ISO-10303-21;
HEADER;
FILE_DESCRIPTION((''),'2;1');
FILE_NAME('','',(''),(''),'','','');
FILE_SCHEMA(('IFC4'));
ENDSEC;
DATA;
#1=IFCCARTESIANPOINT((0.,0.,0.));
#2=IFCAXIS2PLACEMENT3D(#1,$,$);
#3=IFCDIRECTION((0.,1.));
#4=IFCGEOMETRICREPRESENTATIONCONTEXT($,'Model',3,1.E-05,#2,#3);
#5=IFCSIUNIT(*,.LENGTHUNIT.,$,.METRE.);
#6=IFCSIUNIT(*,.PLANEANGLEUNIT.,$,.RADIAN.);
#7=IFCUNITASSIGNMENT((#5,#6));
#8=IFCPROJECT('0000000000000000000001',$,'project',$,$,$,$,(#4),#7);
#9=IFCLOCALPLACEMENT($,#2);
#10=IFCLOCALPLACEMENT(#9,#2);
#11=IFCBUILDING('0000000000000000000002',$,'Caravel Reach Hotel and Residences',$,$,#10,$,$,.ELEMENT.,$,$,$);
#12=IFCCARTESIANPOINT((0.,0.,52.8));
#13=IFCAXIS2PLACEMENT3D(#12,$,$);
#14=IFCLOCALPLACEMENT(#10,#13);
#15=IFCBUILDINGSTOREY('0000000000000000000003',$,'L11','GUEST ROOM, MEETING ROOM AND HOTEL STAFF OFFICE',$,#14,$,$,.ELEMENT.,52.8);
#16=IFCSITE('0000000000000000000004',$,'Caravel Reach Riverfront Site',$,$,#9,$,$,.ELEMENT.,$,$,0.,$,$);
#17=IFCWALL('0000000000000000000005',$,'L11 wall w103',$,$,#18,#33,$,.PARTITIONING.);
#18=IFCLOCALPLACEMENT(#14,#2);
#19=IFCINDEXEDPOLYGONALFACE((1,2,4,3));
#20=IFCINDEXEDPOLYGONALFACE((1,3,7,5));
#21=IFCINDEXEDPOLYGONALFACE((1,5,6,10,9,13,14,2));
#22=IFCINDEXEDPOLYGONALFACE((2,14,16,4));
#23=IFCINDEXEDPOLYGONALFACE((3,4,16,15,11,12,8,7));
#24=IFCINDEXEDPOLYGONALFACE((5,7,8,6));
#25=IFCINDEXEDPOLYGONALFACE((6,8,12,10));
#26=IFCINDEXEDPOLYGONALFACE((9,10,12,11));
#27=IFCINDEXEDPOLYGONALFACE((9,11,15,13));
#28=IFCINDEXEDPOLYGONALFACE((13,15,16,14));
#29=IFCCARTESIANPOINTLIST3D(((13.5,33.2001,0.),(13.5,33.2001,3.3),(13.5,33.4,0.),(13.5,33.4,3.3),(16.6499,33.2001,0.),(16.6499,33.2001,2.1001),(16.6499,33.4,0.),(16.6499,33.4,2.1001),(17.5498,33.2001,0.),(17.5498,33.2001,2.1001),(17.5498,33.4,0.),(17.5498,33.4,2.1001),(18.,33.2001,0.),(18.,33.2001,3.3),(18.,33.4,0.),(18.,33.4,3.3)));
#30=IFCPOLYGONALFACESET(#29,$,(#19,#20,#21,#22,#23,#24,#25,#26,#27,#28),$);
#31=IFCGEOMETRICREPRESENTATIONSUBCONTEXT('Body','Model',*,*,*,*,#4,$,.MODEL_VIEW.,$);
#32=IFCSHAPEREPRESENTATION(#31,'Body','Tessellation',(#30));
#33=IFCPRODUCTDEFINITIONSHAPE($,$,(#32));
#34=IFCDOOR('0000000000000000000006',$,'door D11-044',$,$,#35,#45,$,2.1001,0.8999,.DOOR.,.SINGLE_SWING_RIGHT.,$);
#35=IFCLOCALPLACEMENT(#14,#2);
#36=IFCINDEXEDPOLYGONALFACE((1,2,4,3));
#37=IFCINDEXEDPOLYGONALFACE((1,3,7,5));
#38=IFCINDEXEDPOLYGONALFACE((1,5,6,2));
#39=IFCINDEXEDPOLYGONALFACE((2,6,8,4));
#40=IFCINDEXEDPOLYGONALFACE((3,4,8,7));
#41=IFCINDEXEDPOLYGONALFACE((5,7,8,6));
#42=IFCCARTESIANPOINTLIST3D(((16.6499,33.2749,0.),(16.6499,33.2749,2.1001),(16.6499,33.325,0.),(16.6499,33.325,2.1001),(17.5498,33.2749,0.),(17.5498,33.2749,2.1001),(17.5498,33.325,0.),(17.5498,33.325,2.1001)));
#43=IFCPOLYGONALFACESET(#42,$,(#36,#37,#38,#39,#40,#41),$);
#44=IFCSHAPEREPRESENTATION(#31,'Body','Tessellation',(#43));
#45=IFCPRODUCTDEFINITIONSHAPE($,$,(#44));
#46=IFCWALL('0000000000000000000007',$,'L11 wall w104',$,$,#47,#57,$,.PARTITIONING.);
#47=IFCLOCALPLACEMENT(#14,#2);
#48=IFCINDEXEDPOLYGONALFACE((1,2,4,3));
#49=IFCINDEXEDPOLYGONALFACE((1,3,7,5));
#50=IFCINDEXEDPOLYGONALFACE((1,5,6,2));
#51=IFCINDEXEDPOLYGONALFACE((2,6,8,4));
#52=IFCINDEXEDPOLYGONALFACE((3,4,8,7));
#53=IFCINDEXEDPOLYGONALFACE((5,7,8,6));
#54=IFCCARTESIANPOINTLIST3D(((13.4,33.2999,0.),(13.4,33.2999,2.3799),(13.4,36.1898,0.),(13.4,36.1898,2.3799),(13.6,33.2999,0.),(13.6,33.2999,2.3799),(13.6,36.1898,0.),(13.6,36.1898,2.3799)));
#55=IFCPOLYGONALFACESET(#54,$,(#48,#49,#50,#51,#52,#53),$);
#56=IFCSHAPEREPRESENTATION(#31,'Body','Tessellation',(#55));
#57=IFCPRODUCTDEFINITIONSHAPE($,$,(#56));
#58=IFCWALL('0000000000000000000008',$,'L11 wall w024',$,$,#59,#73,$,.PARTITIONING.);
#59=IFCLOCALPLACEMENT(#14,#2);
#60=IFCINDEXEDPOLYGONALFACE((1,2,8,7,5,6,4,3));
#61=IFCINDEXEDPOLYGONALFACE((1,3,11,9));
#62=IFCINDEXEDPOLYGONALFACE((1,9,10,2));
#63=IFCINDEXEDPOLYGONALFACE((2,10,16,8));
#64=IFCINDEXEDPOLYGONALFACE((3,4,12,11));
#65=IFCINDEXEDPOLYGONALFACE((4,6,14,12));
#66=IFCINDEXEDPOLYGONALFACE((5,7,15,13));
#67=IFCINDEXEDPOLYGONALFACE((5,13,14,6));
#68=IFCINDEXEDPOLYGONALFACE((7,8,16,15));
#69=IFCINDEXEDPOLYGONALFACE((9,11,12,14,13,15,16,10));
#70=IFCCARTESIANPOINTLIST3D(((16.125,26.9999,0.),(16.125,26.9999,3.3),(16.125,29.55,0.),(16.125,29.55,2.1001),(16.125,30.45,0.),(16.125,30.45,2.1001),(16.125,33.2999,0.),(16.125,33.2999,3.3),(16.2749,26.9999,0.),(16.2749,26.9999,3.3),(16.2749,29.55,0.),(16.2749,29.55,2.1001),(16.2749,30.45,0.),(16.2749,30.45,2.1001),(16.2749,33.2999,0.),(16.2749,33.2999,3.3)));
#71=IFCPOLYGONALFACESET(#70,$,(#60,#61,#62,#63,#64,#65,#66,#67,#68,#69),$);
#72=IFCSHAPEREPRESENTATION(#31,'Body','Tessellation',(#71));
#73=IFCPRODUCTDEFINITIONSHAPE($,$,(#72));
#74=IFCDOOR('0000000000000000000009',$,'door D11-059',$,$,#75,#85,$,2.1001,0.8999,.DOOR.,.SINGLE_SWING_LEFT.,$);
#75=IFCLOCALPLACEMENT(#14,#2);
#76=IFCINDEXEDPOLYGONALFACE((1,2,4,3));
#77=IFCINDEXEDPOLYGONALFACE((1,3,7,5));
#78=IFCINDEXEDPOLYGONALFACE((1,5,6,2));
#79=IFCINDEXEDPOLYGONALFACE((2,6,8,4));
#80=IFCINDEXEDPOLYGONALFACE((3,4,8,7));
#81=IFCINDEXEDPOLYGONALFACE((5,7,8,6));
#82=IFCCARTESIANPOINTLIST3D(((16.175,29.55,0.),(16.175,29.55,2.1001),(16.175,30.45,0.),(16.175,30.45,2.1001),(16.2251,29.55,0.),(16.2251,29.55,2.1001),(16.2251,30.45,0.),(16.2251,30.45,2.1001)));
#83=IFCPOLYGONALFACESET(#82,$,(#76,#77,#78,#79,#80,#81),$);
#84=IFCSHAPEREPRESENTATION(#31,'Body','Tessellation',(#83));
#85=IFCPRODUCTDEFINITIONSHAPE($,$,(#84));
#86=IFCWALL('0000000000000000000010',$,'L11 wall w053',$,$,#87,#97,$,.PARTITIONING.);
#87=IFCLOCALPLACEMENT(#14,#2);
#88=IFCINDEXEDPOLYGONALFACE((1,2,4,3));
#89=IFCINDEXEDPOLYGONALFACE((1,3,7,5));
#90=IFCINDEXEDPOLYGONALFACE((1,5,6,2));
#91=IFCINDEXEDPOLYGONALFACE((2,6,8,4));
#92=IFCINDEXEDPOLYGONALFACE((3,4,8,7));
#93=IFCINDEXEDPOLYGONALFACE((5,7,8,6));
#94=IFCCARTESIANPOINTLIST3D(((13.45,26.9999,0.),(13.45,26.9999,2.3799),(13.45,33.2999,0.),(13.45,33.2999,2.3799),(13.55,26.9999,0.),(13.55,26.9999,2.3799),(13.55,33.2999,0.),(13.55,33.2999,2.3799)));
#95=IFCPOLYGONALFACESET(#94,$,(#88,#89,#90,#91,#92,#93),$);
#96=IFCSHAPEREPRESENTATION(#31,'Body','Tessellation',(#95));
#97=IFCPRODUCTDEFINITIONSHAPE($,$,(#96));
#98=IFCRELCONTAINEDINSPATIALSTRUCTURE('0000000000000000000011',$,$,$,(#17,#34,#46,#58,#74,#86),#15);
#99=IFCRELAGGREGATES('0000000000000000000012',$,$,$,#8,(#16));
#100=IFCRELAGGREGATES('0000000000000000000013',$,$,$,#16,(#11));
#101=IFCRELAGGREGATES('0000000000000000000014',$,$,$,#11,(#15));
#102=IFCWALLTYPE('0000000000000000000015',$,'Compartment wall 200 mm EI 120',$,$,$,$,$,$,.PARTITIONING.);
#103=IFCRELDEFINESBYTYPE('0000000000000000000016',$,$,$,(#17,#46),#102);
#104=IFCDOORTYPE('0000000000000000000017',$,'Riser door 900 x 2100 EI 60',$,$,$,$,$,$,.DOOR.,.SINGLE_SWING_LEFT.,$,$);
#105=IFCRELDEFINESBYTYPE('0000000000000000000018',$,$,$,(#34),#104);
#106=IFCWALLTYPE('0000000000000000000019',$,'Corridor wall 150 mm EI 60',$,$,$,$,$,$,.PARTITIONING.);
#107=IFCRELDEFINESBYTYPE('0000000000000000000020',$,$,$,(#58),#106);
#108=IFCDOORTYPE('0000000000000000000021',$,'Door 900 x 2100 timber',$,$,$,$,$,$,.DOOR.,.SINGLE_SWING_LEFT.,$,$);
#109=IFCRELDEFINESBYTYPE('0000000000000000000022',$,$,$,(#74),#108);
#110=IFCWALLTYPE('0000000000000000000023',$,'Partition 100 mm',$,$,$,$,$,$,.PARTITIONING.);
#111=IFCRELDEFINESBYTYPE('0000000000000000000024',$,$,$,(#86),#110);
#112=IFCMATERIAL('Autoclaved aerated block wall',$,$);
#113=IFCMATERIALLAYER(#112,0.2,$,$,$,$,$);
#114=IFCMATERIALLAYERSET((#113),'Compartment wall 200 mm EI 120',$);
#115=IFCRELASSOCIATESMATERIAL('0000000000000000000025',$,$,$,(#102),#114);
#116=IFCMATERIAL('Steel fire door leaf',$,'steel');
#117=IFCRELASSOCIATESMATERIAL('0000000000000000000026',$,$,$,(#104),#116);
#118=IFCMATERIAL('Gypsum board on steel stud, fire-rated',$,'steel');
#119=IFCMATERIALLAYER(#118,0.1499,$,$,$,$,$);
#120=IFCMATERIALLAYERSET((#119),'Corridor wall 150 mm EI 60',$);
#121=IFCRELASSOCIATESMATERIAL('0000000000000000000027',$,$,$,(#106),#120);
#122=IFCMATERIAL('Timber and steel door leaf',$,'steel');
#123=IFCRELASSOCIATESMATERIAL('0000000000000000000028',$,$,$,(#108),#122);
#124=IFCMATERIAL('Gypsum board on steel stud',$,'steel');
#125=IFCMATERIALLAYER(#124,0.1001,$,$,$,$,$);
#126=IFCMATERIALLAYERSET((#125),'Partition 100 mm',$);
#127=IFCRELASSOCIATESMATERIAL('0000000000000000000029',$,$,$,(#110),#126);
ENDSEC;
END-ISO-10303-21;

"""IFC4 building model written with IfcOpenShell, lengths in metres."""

from ifc_helpers import new_model, si_unit, direction, frame, frame_2d, origin, place, context, subcontext, project, spatial, rectangle, extrude, material, layer, layer_set, type_object, element, fill, save


model = new_model("IFC4")

# Units and contexts
model_context = context("Model", 3, precision=1e-05, world=origin(), true_north=direction((0.0, 1.0)))
body_context = subcontext(model_context, "Body", "Model", "MODEL_VIEW")
ifc_project = project(units=[si_unit("LENGTHUNIT", "METRE"), si_unit("PLANEANGLEUNIT", "RADIAN")], contexts=[model_context])

# Site, building, storey
site_placement = place(None, origin())
site = spatial("IfcSite", under=ifc_project, at=site_placement, Name="Caravel Reach Riverfront Site", CompositionType="ELEMENT", RefElevation=0.0)
building_placement = place(site_placement, origin())
building = spatial("IfcBuilding", under=site, at=building_placement, Name="Caravel Reach Hotel and Residences", CompositionType="ELEMENT")
storey_placement = place(building_placement, frame((0.0, 0.0, 52.8)))
storey = spatial("IfcBuildingStorey", under=building, at=storey_placement, Name="L11", Description="GUEST ROOM, MEETING ROOM AND HOTEL STAFF OFFICE", CompositionType="ELEMENT", Elevation=52.8)

# Wall, opening, door
ifc_material_1 = material(Name="Autoclaved aerated block wall")
ifc_layer_1 = layer(ifc_material_1, 0.2)
ifc_layer_set_1 = layer_set([ifc_layer_1], Name="Compartment wall 200 mm EI 120")
wall_type_1 = type_object("IfcWallType", Name="Compartment wall 200 mm EI 120", PredefinedType="PARTITIONING", material=ifc_layer_set_1)
wall_1_placement = place(storey_placement, frame((13.5, 33.3, 0.0), z_axis=(0.0, 0.0, 1.0), x_axis=(1.0, 0.0, 0.0)))
wall_1 = element("IfcWall", 1, at=wall_1_placement, inside=storey, type_object=wall_type_1, Name="L11 wall w103", PredefinedType="PARTITIONING", context=body_context, shape_type="SweptSolid", body=[
    extrude(rectangle(XDim=4.5, YDim=0.2, at=frame_2d((2.25, 0.0))), origin(), (0.0, 0.0, 1.0), 3.3),
])
opening_1_placement = place(wall_1_placement, frame((3.1499, 0.0, 0.0)))
opening_1 = element("IfcOpeningElement", 2, at=opening_1_placement, cuts=wall_1, PredefinedType="OPENING", context=body_context, shape_type="SweptSolid", body=[
    extrude(rectangle(XDim=0.8999, YDim=2.1001, at=frame_2d((0.45, 1.05))), frame((0.0, 0.1099, 0.0), z_axis=(0.0, -1.0, 0.0), x_axis=(1.0, 0.0, 0.0)), (0.0, 0.0, 1.0), 0.22),
])
ifc_material_2 = material(Name="Steel fire door leaf", Category="steel")
door_type_1 = type_object("IfcDoorType", Name="Riser door 900 x 2100 EI 60", OperationType="SINGLE_SWING_LEFT", PredefinedType="DOOR", material=ifc_material_2)
door_1_placement = place(opening_1_placement, origin())
door_1 = element("IfcDoor", 3, at=door_1_placement, inside=storey, type_object=door_type_1, Name="door D11-044", OperationType="SINGLE_SWING_RIGHT", OverallHeight=2.1001, OverallWidth=0.8999, PredefinedType="DOOR", context=body_context, shape_type="SweptSolid", body=[
    extrude(rectangle(XDim=0.8999, YDim=2.1001, at=frame_2d((0.45, 1.05))), frame((0.0, 0.0249, 0.0), z_axis=(0.0, -1.0, 0.0), x_axis=(1.0, 0.0, 0.0)), (0.0, 0.0, 1.0), 0.05),
])
fill(opening_1, door_1)

# Wall
wall_2_placement = place(storey_placement, frame((13.5, 33.3, 0.0), z_axis=(0.0, 0.0, 1.0), x_axis=(0.0, 1.0, 0.0)))
element("IfcWall", 4, at=wall_2_placement, inside=storey, type_object=wall_type_1, Name="L11 wall w104", PredefinedType="PARTITIONING", context=body_context, shape_type="SweptSolid", body=[
    extrude(rectangle(XDim=2.8899, YDim=0.2, at=frame_2d((1.4448, 0.0))), origin(), (0.0, 0.0, 1.0), 2.3799),
])

# Wall, opening, door
ifc_material_3 = material(Name="Gypsum board on steel stud, fire-rated", Category="steel")
ifc_layer_2 = layer(ifc_material_3, 0.1499)
ifc_layer_set_2 = layer_set([ifc_layer_2], Name="Corridor wall 150 mm EI 60")
wall_type_2 = type_object("IfcWallType", Name="Corridor wall 150 mm EI 60", PredefinedType="PARTITIONING", material=ifc_layer_set_2)
wall_3_placement = place(storey_placement, frame((16.2, 27.0, 0.0), z_axis=(0.0, 0.0, 1.0), x_axis=(0.0, 1.0, 0.0)))
wall_3 = element("IfcWall", 5, at=wall_3_placement, inside=storey, type_object=wall_type_2, Name="L11 wall w024", PredefinedType="PARTITIONING", context=body_context, shape_type="SweptSolid", body=[
    extrude(rectangle(XDim=6.3, YDim=0.1499, at=frame_2d((3.1499, 0.0))), origin(), (0.0, 0.0, 1.0), 3.3),
])
opening_2_placement = place(wall_3_placement, frame((2.55, 0.0, 0.0)))
opening_2 = element("IfcOpeningElement", 6, at=opening_2_placement, cuts=wall_3, PredefinedType="OPENING", context=body_context, shape_type="SweptSolid", body=[
    extrude(rectangle(XDim=0.8999, YDim=2.1001, at=frame_2d((0.45, 1.05))), frame((0.0, 0.085, 0.0), z_axis=(0.0, -1.0, 0.0), x_axis=(1.0, 0.0, 0.0)), (0.0, 0.0, 1.0), 0.1699),
])
ifc_material_4 = material(Name="Timber and steel door leaf", Category="steel")
door_type_2 = type_object("IfcDoorType", Name="Door 900 x 2100 timber", OperationType="SINGLE_SWING_LEFT", PredefinedType="DOOR", material=ifc_material_4)
door_2_placement = place(opening_2_placement, origin())
door_2 = element("IfcDoor", 7, at=door_2_placement, inside=storey, type_object=door_type_2, Name="door D11-059", OperationType="SINGLE_SWING_LEFT", OverallHeight=2.1001, OverallWidth=0.8999, PredefinedType="DOOR", context=body_context, shape_type="SweptSolid", body=[
    extrude(rectangle(XDim=0.8999, YDim=2.1001, at=frame_2d((0.45, 1.05))), frame((0.0, 0.0249, 0.0), z_axis=(0.0, -1.0, 0.0), x_axis=(1.0, 0.0, 0.0)), (0.0, 0.0, 1.0), 0.05),
])
fill(opening_2, door_2)

# Wall
ifc_material_5 = material(Name="Gypsum board on steel stud", Category="steel")
ifc_layer_3 = layer(ifc_material_5, 0.1001)
ifc_layer_set_3 = layer_set([ifc_layer_3], Name="Partition 100 mm")
wall_type_3 = type_object("IfcWallType", Name="Partition 100 mm", PredefinedType="PARTITIONING", material=ifc_layer_set_3)
wall_4_placement = place(storey_placement, frame((13.5, 27.0, 0.0), z_axis=(0.0, 0.0, 1.0), x_axis=(0.0, 1.0, 0.0)))
element("IfcWall", 8, at=wall_4_placement, inside=storey, type_object=wall_type_3, Name="L11 wall w053", PredefinedType="PARTITIONING", context=body_context, shape_type="SweptSolid", body=[
    extrude(rectangle(XDim=6.3, YDim=0.1001, at=frame_2d((3.1499, 0.0))), origin(), (0.0, 0.0, 1.0), 2.3799),
])

save(model, "model.ifc")
